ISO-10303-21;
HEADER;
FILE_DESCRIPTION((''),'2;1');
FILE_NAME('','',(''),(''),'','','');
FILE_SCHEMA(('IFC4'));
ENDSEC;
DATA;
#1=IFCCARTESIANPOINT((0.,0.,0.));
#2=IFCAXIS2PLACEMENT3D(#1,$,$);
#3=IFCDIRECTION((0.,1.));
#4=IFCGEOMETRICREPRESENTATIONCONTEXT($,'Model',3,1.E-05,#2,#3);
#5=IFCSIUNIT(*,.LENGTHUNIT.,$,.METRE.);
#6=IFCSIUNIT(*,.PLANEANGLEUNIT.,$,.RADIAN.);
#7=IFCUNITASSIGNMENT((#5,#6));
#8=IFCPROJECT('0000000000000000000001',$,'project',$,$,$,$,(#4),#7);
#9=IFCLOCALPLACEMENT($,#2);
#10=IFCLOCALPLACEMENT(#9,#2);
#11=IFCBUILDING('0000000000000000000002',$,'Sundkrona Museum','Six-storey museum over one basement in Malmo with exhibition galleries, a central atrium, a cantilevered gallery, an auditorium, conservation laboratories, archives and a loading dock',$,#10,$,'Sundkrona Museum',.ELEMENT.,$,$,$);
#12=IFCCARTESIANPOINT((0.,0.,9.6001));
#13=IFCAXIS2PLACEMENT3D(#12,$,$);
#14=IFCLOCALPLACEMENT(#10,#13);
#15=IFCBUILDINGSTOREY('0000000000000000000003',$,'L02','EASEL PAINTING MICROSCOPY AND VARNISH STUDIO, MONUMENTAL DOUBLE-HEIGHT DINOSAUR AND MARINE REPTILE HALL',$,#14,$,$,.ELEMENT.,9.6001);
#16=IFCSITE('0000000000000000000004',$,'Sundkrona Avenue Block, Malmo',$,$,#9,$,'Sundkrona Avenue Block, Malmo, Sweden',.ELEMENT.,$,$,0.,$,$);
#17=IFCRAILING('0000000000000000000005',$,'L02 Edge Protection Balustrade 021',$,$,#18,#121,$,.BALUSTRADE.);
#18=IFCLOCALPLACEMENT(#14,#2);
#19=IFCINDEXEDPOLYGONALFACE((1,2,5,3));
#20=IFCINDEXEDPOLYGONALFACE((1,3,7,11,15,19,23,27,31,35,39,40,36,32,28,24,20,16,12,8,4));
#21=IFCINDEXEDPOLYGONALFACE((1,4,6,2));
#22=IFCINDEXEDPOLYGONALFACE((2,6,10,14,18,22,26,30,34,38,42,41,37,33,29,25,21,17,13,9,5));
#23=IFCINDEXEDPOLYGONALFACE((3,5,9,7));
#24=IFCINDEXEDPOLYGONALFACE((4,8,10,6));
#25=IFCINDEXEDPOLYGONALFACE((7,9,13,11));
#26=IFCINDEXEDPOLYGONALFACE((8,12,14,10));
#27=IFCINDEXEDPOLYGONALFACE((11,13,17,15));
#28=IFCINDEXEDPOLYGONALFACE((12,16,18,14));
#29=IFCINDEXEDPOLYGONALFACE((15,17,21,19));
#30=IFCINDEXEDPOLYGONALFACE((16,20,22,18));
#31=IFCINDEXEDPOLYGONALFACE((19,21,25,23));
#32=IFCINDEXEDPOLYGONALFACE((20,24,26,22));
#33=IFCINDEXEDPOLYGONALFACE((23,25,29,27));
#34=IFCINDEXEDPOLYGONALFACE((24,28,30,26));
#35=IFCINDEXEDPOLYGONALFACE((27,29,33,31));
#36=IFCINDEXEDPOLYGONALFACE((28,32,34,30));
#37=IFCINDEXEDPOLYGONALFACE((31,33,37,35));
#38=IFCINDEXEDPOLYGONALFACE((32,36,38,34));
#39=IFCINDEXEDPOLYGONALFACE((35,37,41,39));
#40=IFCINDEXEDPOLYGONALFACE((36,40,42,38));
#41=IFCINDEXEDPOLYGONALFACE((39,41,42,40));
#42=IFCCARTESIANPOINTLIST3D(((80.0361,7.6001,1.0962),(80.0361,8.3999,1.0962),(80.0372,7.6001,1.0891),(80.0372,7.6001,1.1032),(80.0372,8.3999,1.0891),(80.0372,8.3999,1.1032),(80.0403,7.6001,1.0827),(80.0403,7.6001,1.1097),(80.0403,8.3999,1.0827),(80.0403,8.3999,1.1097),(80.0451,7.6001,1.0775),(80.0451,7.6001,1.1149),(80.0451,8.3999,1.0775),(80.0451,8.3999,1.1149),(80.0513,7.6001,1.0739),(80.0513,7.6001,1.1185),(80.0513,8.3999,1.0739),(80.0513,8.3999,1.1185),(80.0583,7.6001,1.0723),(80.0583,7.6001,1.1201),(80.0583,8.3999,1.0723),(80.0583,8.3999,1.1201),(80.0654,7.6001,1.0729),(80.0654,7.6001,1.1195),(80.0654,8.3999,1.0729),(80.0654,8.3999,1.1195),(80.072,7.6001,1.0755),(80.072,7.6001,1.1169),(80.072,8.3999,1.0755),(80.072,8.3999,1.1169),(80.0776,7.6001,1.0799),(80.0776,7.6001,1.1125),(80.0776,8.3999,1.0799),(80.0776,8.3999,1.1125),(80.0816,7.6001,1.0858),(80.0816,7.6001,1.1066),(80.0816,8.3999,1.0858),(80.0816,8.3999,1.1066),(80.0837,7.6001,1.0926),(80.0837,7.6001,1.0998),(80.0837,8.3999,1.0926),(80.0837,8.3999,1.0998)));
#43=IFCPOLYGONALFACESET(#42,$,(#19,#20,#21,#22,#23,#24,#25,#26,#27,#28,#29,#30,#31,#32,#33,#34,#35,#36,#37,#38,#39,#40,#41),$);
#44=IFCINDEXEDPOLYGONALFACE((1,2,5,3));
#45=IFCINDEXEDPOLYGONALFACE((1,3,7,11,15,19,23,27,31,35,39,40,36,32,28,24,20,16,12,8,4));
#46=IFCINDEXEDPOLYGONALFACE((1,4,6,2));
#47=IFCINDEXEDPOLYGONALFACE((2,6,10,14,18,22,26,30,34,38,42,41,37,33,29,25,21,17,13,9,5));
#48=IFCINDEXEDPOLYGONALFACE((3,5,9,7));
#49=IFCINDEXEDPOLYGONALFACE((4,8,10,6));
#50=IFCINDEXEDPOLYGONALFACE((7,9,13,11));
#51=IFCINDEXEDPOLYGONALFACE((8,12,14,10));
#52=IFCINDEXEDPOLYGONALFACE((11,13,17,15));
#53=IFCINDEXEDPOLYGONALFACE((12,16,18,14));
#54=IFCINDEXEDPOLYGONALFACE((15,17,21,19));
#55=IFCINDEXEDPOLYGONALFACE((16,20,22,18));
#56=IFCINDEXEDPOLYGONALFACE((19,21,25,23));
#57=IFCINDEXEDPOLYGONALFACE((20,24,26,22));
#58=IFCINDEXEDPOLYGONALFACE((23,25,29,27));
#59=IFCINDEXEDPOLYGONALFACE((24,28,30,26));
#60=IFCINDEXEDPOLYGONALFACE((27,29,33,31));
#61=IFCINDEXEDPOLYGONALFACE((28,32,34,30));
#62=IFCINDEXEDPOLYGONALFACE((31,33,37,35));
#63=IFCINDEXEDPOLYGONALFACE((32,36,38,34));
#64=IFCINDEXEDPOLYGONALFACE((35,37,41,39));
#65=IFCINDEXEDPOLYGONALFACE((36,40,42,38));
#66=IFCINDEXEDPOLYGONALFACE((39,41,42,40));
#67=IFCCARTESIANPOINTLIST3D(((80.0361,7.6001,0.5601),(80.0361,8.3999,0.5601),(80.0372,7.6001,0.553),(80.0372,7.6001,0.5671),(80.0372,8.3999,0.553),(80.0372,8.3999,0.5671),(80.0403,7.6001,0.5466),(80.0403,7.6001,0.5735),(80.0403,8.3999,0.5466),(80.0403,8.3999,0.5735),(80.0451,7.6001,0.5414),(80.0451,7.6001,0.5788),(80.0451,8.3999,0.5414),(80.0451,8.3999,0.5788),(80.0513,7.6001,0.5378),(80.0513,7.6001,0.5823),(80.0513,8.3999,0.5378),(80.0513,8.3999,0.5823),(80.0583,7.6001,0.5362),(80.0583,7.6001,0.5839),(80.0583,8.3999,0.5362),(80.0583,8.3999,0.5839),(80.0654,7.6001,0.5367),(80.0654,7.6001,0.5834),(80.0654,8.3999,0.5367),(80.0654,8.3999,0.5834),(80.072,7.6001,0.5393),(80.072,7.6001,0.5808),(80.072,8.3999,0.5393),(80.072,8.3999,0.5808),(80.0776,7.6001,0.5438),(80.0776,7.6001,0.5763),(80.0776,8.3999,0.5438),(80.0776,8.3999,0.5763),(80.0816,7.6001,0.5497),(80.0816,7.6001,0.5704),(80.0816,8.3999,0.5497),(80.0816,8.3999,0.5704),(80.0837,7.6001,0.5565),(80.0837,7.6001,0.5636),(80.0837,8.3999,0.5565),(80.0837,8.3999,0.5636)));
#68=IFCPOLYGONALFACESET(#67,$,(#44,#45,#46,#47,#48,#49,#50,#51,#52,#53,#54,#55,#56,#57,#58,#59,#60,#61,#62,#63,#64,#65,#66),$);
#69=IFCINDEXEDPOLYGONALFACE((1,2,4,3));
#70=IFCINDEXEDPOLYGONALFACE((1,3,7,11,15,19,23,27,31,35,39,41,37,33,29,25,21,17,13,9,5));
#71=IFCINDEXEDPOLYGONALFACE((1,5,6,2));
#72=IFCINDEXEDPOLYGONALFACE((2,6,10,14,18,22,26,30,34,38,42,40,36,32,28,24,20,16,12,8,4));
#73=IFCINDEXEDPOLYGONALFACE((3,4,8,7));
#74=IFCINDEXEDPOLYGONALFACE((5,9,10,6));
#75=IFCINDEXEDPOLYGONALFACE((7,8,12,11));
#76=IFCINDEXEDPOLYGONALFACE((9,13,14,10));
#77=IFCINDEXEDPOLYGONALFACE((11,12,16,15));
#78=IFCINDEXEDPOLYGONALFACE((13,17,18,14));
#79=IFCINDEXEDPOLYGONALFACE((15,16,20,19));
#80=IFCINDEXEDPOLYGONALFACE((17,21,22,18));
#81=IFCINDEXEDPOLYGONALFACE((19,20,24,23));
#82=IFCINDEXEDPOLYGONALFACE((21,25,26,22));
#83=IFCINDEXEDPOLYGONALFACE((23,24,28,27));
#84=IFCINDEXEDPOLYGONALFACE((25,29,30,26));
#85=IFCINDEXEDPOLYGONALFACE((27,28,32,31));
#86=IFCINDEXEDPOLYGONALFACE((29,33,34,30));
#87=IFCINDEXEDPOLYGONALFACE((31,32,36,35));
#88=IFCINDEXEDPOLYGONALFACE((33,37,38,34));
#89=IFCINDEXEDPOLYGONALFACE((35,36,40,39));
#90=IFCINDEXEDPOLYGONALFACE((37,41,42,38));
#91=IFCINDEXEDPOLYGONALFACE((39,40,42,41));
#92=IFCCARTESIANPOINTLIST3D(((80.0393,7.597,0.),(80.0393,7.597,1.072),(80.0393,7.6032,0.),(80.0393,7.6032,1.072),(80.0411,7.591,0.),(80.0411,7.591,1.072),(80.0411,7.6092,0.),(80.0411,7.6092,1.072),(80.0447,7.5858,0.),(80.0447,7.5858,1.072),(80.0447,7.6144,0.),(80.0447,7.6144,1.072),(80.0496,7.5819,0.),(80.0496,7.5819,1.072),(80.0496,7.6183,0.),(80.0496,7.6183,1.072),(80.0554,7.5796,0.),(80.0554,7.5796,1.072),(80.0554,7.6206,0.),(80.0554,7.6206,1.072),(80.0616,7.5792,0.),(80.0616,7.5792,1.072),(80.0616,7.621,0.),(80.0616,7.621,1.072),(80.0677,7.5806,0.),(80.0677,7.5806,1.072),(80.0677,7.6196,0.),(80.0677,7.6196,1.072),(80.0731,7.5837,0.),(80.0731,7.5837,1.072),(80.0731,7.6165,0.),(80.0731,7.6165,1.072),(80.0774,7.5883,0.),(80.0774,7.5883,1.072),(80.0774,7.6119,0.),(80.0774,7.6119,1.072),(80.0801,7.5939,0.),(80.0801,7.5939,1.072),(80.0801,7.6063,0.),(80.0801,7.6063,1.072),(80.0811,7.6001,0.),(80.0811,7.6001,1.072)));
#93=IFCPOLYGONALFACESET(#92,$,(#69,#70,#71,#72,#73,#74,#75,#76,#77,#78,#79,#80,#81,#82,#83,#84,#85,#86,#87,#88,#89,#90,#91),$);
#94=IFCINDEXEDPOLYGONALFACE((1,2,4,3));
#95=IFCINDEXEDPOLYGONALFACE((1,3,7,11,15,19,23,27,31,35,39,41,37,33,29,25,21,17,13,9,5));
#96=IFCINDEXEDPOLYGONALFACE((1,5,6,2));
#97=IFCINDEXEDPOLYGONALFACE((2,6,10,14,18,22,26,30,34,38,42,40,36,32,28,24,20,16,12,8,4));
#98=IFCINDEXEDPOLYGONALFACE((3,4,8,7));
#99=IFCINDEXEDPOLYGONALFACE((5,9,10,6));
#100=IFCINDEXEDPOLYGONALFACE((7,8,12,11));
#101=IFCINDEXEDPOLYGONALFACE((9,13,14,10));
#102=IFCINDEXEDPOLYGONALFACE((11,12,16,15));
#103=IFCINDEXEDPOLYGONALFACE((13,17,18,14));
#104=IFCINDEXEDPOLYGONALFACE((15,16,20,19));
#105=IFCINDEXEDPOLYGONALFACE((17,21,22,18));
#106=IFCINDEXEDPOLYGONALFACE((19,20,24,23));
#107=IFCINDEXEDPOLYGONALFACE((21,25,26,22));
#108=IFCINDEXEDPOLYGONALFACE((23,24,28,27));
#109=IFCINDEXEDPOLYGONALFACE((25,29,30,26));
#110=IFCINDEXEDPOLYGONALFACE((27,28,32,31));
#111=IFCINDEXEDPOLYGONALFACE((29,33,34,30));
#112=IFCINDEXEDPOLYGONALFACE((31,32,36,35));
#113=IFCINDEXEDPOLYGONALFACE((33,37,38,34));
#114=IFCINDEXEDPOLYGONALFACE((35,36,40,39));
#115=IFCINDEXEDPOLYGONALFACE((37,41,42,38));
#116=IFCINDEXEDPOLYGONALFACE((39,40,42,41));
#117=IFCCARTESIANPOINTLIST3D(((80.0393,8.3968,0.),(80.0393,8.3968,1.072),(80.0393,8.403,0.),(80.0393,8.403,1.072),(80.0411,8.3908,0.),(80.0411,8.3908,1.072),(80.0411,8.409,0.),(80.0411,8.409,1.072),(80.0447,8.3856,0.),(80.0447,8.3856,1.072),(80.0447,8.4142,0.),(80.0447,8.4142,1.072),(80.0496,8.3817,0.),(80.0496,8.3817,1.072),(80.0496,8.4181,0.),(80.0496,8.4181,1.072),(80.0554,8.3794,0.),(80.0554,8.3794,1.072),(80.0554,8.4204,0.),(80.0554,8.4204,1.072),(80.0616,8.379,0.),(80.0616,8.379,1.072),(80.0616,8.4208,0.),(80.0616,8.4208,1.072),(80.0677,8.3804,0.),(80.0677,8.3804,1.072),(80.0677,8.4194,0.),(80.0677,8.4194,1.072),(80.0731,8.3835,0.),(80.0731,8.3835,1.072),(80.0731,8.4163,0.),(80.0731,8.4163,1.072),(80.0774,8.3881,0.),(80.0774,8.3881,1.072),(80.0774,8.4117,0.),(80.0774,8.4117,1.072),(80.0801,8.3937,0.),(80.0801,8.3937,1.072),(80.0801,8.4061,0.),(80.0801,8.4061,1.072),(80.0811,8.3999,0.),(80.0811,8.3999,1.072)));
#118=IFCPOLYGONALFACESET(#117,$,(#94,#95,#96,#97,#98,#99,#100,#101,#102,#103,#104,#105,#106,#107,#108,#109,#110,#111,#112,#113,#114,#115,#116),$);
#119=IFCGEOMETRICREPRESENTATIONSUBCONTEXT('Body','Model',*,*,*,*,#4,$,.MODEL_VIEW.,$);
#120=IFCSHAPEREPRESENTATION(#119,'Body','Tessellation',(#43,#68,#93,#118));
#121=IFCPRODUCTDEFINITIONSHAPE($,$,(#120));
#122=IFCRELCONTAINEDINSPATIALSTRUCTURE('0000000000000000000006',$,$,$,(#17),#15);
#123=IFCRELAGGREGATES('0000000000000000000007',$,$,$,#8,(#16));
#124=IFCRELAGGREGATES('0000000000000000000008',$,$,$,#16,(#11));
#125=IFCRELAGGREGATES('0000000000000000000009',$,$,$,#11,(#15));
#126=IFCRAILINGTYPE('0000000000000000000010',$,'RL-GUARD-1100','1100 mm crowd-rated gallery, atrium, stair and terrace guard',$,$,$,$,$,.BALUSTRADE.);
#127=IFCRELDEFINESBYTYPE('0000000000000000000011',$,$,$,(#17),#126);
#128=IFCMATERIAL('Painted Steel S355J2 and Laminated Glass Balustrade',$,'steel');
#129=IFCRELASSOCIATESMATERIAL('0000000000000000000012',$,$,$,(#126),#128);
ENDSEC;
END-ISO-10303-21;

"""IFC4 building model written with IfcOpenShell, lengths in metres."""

from ifc_helpers import new_model, si_unit, direction, frame, origin, origin_2d, place, context, subcontext, project, spatial, circle, extrude, material, type_object, element, save


model = new_model("IFC4")

# Units and contexts
model_context = context("Model", 3, precision=1e-05, world=origin(), true_north=direction((0.0, 1.0)))
body_context = subcontext(model_context, "Body", "Model", "MODEL_VIEW")
ifc_project = project(units=[si_unit("LENGTHUNIT", "METRE"), si_unit("PLANEANGLEUNIT", "RADIAN")], contexts=[model_context])

# Site, building, storey
site_placement = place(None, origin())
site = spatial("IfcSite", under=ifc_project, at=site_placement, Name="Sundkrona Avenue Block, Malmo", LongName="Sundkrona Avenue Block, Malmo, Sweden", CompositionType="ELEMENT", RefElevation=0.0)
building_placement = place(site_placement, origin())
building = spatial("IfcBuilding", under=site, at=building_placement, Name="Sundkrona Museum", Description="Six-storey museum over one basement in Malmo with exhibition galleries, a central atrium, a cantilevered gallery, an auditorium, conservation laboratories, archives and a loading dock", LongName="Sundkrona Museum", CompositionType="ELEMENT")
storey_placement = place(building_placement, frame((0.0, 0.0, 9.6001)))
storey = spatial("IfcBuildingStorey", under=building, at=storey_placement, Name="L02", Description="EASEL PAINTING MICROSCOPY AND VARNISH STUDIO, MONUMENTAL DOUBLE-HEIGHT DINOSAUR AND MARINE REPTILE HALL", CompositionType="ELEMENT", Elevation=9.6001)

# Railing
ifc_material_1 = material(Name="Painted Steel S355J2 and Laminated Glass Balustrade", Category="steel")
railing_type = type_object("IfcRailingType", Name="RL-GUARD-1100", Description="1100 mm crowd-rated gallery, atrium, stair and terrace guard", PredefinedType="BALUSTRADE", material=ifc_material_1)
railing_1_placement = place(storey_placement, frame((80.0601, 7.6001, 0.0)))
element("IfcRailing", 1, at=railing_1_placement, inside=storey, type_object=railing_type, Name="L02 Edge Protection Balustrade 021", PredefinedType="BALUSTRADE", context=body_context, shape_type="SweptSolid", body=[
    extrude(circle(Radius=0.0239, at=origin_2d()), frame((0.0, 0.0, 1.0962), z_axis=(0.0, 1.0, 0.0), x_axis=(-1.0, 0.0, 0.0)), (0.0, 0.0, 1.0), 0.7998),
    extrude(circle(Radius=0.0239, at=origin_2d()), frame((0.0, 0.0, 0.5601), z_axis=(0.0, 1.0, 0.0), x_axis=(-1.0, 0.0, 0.0)), (0.0, 0.0, 1.0), 0.7998),
    extrude(circle(Radius=0.021, at=origin_2d()), origin(), (0.0, 0.0, 1.0), 1.072),
    extrude(circle(Radius=0.021, at=origin_2d()), frame((0.0, 0.7998, 0.0)), (0.0, 0.0, 1.0), 1.072),
])

save(model, "model.ifc")
